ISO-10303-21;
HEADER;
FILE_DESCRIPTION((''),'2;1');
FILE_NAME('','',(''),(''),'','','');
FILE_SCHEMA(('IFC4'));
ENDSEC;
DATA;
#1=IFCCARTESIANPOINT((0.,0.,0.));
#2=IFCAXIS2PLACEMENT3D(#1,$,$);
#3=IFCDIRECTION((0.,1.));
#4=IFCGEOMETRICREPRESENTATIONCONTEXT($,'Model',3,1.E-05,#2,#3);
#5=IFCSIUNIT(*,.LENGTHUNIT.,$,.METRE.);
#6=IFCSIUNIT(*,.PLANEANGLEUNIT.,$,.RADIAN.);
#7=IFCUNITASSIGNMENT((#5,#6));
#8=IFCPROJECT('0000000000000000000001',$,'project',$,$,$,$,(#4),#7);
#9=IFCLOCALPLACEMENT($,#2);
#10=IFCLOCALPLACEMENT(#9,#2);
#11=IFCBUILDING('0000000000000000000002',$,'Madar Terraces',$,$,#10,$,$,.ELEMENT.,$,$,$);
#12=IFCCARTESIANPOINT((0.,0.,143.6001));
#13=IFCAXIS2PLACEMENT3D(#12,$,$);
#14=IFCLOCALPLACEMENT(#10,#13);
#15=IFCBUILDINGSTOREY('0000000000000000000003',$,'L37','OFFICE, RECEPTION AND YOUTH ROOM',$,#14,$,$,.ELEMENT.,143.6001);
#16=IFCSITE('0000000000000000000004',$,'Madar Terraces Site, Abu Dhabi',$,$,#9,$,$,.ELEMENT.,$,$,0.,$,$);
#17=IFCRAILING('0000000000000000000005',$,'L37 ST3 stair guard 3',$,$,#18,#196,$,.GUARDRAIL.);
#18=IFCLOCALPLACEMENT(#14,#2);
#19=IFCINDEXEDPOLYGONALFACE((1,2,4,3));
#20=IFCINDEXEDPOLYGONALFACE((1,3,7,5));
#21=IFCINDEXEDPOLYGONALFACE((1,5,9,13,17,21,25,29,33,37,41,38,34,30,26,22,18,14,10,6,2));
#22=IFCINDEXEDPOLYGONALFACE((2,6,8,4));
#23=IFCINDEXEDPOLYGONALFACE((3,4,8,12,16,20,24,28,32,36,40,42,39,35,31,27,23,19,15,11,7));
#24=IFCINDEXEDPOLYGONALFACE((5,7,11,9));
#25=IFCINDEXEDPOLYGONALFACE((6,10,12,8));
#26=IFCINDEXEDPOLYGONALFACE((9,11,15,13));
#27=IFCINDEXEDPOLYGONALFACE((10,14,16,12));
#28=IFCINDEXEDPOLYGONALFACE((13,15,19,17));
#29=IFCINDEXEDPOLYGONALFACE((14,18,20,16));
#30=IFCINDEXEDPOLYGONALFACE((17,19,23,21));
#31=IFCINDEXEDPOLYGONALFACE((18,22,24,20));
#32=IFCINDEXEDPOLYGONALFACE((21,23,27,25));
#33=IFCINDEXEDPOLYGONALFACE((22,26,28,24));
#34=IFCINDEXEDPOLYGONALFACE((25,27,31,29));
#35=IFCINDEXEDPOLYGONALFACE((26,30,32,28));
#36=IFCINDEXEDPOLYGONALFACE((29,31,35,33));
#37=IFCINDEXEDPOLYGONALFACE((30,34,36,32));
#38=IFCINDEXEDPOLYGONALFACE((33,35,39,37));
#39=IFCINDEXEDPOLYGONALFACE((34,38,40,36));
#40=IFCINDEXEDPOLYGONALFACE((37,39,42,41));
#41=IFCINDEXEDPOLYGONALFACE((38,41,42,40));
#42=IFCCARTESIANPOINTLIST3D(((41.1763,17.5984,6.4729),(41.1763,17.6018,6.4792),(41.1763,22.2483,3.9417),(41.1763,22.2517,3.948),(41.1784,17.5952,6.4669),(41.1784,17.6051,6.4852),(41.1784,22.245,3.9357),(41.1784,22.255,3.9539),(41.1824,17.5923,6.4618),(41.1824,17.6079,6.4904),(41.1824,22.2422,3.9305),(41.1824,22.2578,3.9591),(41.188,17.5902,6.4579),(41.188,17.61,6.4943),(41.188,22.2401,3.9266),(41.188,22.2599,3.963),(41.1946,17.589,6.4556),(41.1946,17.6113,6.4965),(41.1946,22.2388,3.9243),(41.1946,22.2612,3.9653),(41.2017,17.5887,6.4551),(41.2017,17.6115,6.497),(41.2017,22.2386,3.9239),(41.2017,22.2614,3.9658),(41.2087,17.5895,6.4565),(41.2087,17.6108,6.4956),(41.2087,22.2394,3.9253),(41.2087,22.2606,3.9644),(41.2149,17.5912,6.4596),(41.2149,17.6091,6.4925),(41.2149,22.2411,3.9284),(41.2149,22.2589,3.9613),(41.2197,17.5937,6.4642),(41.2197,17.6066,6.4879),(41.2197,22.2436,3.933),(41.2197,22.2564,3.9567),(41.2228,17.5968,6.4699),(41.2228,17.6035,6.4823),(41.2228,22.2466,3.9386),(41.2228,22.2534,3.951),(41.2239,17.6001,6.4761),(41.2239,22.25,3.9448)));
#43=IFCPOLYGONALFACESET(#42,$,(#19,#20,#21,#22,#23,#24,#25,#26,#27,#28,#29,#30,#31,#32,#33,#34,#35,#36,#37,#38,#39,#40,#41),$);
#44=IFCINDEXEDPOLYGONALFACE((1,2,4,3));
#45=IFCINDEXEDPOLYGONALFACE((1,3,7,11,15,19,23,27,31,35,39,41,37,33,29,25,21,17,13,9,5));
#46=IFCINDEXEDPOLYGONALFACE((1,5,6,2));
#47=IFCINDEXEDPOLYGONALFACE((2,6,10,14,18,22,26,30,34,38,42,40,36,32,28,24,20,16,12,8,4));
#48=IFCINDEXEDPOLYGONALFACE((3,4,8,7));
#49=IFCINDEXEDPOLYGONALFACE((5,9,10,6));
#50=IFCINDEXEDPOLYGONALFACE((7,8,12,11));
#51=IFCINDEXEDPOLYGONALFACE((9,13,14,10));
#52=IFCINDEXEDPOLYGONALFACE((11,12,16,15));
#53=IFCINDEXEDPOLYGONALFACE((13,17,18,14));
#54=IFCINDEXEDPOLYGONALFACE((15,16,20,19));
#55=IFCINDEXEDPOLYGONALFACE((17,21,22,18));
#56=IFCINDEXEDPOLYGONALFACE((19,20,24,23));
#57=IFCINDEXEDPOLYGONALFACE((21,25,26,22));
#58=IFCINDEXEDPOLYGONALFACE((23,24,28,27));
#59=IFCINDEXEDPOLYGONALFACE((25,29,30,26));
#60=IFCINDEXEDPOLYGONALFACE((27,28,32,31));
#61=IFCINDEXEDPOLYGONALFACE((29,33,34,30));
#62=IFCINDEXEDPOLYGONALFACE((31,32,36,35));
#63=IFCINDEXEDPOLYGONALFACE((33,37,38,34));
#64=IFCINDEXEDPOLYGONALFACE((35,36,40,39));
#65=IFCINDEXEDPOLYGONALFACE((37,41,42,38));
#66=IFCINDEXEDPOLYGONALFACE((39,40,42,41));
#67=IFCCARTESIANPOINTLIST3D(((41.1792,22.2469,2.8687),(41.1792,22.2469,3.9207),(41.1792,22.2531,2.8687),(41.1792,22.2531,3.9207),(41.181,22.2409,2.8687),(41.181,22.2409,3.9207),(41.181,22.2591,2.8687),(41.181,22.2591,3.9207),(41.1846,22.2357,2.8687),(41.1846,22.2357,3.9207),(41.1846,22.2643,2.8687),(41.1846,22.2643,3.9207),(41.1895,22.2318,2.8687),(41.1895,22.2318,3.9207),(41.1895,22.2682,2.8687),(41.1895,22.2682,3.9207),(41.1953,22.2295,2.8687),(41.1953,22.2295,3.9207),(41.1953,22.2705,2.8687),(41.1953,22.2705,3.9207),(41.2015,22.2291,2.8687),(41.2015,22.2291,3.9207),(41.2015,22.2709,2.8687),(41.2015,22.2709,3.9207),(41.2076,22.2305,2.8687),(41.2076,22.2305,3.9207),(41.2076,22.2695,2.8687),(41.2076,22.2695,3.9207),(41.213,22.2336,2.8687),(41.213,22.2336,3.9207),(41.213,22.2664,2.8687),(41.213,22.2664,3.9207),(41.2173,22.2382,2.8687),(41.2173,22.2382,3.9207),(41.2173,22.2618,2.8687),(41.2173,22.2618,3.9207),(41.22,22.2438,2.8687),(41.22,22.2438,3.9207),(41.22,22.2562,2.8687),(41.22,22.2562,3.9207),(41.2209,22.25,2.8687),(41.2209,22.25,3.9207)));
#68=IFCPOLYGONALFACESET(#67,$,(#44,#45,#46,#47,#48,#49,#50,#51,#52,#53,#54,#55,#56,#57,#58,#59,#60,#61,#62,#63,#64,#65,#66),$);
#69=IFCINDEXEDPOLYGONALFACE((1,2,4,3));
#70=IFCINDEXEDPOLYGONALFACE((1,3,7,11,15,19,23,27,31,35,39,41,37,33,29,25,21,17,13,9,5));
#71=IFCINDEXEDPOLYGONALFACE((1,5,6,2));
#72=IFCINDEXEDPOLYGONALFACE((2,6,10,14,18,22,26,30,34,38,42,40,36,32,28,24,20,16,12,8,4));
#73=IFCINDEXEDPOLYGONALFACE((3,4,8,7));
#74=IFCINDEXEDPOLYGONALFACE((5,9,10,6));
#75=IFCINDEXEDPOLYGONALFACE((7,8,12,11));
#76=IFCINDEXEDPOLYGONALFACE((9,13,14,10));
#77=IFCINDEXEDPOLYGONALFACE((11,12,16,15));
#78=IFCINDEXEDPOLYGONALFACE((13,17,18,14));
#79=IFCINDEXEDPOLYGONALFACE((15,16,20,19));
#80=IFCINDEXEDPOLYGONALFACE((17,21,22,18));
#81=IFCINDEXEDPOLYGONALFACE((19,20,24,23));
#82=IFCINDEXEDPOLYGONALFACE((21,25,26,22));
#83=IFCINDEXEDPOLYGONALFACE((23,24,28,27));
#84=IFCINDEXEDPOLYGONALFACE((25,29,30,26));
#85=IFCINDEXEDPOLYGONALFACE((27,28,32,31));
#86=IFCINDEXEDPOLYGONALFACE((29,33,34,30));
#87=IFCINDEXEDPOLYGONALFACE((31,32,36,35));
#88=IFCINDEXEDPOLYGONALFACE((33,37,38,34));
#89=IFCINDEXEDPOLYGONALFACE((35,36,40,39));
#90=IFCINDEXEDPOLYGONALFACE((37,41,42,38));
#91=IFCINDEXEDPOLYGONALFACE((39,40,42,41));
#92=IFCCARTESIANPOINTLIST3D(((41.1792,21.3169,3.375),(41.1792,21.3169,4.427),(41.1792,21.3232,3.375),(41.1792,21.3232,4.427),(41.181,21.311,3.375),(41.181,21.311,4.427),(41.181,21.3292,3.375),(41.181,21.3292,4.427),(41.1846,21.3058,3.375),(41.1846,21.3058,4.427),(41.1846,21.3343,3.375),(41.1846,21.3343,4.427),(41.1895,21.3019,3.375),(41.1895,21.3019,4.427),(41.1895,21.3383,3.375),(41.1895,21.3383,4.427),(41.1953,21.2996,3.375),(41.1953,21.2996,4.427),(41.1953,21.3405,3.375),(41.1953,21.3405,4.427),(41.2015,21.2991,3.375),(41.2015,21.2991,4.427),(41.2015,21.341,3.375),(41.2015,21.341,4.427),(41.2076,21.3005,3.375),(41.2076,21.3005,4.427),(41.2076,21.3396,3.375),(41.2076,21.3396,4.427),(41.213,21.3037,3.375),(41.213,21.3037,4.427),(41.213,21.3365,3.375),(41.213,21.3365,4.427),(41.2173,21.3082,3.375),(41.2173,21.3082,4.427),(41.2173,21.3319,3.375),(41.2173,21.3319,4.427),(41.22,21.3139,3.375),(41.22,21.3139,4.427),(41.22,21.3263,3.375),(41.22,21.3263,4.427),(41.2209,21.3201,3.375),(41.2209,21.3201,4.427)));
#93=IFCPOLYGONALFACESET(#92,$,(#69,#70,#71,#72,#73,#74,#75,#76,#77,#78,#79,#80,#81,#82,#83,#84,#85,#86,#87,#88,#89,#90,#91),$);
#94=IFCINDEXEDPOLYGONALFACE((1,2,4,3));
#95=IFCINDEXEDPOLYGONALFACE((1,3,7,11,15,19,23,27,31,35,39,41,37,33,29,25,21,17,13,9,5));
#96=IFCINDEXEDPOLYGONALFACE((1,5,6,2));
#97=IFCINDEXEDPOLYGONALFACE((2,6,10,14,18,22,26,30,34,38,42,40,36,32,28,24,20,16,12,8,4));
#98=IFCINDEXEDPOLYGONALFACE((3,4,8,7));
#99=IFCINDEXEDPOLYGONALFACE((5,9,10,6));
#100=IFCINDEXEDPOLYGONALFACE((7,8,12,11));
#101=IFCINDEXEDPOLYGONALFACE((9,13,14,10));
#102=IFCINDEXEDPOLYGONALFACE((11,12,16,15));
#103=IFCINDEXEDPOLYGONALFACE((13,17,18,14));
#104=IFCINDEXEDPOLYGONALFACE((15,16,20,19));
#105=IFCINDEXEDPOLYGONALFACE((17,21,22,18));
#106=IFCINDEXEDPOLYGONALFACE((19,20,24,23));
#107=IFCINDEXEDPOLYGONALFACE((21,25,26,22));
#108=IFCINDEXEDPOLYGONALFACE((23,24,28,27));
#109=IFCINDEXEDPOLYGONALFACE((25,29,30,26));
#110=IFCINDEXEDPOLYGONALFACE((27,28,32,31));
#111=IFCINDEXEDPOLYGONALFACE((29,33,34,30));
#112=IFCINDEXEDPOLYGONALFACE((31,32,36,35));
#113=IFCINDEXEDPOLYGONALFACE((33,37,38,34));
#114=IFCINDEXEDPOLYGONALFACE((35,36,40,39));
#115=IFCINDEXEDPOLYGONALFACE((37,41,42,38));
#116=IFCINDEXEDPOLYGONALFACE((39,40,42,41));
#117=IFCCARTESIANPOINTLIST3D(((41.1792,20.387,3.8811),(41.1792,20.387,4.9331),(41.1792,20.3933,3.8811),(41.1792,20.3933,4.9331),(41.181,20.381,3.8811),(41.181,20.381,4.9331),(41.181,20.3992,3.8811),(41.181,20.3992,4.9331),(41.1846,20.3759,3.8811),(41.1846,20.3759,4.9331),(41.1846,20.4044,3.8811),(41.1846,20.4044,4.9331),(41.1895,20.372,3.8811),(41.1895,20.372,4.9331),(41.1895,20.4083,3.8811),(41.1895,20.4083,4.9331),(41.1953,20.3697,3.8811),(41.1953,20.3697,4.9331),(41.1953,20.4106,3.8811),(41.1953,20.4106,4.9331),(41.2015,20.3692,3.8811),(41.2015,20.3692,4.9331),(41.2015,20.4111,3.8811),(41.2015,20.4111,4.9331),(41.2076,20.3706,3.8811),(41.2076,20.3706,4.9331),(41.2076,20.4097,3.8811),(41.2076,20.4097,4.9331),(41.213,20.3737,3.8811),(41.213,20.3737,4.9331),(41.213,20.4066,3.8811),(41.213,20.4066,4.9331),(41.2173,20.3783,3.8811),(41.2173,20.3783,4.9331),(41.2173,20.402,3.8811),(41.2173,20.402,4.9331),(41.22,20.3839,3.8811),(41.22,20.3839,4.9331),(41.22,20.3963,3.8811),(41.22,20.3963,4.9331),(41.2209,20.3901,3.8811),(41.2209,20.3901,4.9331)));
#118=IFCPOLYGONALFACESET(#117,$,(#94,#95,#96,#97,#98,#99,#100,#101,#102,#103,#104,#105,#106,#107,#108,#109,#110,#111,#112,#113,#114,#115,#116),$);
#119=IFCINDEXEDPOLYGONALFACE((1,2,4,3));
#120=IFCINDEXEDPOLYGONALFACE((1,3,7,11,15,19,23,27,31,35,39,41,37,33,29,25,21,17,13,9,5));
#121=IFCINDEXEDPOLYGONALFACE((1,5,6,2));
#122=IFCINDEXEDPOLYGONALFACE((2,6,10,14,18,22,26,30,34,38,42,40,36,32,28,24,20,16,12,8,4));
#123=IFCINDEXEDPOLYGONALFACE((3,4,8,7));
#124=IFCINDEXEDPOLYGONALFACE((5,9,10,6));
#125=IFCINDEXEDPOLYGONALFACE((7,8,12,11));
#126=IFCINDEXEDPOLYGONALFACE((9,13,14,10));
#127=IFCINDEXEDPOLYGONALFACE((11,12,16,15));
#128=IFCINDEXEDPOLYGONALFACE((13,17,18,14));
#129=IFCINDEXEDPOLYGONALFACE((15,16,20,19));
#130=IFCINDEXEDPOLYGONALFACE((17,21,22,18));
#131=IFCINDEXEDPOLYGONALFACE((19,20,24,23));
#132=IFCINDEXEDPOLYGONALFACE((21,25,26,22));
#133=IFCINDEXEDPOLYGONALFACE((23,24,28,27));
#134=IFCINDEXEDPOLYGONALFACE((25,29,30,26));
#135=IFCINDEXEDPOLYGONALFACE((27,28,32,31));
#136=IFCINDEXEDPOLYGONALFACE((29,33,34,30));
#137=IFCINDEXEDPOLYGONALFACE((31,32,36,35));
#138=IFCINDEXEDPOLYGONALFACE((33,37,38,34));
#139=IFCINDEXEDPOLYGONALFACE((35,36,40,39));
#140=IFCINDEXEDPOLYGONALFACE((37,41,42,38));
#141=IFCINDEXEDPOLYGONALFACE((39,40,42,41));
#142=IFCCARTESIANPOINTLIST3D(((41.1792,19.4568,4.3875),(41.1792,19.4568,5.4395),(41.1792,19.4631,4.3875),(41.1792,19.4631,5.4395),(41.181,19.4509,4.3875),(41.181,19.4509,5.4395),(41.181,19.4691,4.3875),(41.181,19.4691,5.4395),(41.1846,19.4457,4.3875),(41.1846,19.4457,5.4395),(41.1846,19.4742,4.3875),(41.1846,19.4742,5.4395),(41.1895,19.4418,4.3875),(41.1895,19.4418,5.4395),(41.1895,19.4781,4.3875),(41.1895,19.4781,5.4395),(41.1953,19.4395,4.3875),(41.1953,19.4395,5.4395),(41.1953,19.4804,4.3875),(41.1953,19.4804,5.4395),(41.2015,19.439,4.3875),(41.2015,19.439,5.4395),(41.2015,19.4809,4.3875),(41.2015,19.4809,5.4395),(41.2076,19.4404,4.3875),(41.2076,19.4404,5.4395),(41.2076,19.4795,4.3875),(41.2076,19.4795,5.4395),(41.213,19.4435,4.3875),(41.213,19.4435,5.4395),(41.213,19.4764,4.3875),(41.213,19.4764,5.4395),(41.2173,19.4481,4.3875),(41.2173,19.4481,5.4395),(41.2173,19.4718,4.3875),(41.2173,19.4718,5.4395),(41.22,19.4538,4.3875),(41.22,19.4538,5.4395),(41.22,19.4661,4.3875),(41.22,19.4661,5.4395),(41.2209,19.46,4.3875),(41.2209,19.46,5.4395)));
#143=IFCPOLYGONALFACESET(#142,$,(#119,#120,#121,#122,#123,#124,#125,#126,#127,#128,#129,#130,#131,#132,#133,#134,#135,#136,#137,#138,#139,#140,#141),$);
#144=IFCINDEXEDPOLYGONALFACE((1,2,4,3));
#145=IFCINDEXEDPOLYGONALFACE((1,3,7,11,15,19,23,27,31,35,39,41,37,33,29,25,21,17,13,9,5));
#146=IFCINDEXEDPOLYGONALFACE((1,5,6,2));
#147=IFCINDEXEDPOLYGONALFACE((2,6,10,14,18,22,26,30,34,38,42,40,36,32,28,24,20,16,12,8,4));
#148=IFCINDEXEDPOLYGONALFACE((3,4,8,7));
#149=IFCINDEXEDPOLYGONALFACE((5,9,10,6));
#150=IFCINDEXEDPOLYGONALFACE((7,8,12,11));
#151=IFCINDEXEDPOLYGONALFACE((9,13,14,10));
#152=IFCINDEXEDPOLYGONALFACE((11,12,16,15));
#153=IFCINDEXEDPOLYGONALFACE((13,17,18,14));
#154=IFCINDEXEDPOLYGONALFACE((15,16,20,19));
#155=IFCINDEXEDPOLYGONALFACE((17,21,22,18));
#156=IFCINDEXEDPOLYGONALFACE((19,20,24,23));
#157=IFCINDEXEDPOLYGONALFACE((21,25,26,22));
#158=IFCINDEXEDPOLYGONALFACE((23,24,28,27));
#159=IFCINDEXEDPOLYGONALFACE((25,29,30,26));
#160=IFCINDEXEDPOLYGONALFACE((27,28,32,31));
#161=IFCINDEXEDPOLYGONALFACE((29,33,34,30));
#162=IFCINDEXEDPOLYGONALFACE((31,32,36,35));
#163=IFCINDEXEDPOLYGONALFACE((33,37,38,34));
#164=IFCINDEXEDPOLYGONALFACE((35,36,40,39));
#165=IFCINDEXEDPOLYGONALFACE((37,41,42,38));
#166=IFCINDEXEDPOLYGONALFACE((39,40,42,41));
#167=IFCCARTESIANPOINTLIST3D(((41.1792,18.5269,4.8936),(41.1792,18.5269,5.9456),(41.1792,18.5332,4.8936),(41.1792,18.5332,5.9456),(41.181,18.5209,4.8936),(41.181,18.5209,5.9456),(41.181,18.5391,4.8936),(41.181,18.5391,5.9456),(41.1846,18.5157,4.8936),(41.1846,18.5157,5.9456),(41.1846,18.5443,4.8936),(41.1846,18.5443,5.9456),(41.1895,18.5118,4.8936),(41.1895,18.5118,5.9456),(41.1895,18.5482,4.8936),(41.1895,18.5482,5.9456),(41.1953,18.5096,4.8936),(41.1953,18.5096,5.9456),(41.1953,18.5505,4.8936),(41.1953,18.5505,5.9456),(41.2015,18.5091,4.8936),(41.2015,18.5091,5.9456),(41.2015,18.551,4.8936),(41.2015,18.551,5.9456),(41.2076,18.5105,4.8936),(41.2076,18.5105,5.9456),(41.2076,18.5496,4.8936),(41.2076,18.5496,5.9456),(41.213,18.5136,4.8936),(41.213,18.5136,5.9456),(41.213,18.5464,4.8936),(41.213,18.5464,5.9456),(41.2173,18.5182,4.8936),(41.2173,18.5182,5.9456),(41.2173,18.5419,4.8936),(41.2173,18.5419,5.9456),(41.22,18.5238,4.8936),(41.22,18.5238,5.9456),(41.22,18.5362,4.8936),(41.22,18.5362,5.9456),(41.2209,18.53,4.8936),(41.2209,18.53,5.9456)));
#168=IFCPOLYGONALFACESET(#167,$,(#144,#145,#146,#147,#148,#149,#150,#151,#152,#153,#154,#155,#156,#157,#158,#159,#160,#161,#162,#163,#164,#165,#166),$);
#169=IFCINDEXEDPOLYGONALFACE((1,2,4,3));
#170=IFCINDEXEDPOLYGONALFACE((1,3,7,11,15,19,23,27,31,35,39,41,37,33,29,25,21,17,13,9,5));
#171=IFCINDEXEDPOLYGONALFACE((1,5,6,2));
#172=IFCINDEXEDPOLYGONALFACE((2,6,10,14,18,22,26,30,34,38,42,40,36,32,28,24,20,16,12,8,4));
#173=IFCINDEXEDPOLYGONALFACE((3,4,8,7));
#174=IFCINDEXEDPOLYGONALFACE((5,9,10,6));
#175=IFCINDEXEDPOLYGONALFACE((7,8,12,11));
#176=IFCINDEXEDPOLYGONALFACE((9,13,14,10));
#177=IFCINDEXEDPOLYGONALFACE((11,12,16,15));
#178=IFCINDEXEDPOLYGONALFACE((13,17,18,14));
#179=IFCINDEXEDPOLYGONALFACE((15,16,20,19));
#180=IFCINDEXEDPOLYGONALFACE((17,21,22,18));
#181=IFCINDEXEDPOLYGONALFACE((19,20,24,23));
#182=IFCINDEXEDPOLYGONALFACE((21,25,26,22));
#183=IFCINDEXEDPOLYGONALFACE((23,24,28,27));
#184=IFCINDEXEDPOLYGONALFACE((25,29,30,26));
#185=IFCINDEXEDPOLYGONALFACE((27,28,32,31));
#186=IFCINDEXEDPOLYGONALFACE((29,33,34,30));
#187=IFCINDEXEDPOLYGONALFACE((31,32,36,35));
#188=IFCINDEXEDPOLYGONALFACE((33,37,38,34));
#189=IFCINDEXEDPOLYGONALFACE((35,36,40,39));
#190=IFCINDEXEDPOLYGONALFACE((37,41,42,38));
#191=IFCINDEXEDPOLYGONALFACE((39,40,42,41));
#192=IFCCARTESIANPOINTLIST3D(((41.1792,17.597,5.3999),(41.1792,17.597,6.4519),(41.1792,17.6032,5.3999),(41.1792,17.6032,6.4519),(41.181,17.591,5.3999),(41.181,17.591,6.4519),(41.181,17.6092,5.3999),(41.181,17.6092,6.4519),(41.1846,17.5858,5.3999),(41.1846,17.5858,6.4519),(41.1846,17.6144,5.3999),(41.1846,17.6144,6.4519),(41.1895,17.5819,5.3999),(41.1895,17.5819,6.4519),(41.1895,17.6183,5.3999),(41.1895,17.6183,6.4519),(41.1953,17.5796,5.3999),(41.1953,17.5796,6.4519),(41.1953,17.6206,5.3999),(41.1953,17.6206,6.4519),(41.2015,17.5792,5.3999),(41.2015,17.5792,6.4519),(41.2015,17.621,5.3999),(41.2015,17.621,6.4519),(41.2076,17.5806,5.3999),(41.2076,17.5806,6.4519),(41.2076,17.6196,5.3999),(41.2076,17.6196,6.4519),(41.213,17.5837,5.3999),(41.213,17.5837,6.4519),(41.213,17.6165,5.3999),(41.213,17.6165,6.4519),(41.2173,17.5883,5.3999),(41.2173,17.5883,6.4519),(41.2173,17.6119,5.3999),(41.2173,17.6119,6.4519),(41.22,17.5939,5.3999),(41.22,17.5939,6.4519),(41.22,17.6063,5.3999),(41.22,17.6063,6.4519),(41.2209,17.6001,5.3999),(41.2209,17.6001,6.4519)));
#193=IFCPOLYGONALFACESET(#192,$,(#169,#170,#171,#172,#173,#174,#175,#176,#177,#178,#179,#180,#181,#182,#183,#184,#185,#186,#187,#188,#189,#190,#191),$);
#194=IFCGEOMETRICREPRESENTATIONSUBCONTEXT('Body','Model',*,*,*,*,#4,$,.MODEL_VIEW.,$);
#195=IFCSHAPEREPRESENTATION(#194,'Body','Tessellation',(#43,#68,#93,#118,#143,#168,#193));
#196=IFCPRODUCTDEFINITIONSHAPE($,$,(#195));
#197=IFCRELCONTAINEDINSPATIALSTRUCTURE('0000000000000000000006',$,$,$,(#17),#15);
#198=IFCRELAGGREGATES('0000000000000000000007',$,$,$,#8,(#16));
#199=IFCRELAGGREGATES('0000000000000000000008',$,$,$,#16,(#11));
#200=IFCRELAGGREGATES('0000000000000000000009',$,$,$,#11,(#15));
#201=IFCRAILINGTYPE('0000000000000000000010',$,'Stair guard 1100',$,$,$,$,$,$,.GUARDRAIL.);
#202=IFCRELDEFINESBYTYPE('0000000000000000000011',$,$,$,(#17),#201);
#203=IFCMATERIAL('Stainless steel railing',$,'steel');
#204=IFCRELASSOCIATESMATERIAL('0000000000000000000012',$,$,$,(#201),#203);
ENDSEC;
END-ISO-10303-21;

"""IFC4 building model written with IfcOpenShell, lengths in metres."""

from ifc_helpers import new_model, si_unit, direction, frame, origin, origin_2d, place, context, subcontext, project, spatial, circle, extrude, material, type_object, element, save


model = new_model("IFC4")

# Units and contexts
model_context = context("Model", 3, precision=1e-05, world=origin(), true_north=direction((0.0, 1.0)))
body_context = subcontext(model_context, "Body", "Model", "MODEL_VIEW")
ifc_project = project(units=[si_unit("LENGTHUNIT", "METRE"), si_unit("PLANEANGLEUNIT", "RADIAN")], contexts=[model_context])

# Site, building, storey
site_placement = place(None, origin())
site = spatial("IfcSite", under=ifc_project, at=site_placement, Name="Madar Terraces Site, Abu Dhabi", CompositionType="ELEMENT", RefElevation=0.0)
building_placement = place(site_placement, origin())
building = spatial("IfcBuilding", under=site, at=building_placement, Name="Madar Terraces", CompositionType="ELEMENT")
storey_placement = place(building_placement, frame((0.0, 0.0, 143.6001)))
storey = spatial("IfcBuildingStorey", under=building, at=storey_placement, Name="L37", Description="OFFICE, RECEPTION AND YOUTH ROOM", CompositionType="ELEMENT", Elevation=143.6001)

# Railing
ifc_material_1 = material(Name="Stainless steel railing", Category="steel")
railing_type_1 = type_object("IfcRailingType", Name="Stair guard 1100", PredefinedType="GUARDRAIL", material=ifc_material_1)
railing_1_placement = place(storey_placement, frame((41.2, 22.25, 2.8687)))
element("IfcRailing", 1, at=railing_1_placement, inside=storey, type_object=railing_type_1, Name="L37 ST3 stair guard 3", PredefinedType="GUARDRAIL", context=body_context, shape_type="SweptSolid", body=[
    extrude(circle(Radius=0.0239, at=origin_2d()), frame((0.0, 0.0, 1.0762), z_axis=(0.0, -0.878297, 0.478115), x_axis=(1.0, 0.0, 0.0)), (0.0, 0.0, 1.0), 5.2942),
    extrude(circle(Radius=0.021, at=origin_2d()), origin(), (0.0, 0.0, 1.0), 1.052),
    extrude(circle(Radius=0.021, at=origin_2d()), frame((0.0, -0.9299, 0.5063)), (0.0, 0.0, 1.0), 1.052),
    extrude(circle(Radius=0.021, at=origin_2d()), frame((0.0, -1.8599, 1.0125)), (0.0, 0.0, 1.0), 1.052),
    extrude(circle(Radius=0.021, at=origin_2d()), frame((0.0, -2.79, 1.5188)), (0.0, 0.0, 1.0), 1.052),
    extrude(circle(Radius=0.021, at=origin_2d()), frame((0.0, -3.72, 2.0249)), (0.0, 0.0, 1.0), 1.052),
    extrude(circle(Radius=0.021, at=origin_2d()), frame((0.0, -4.6499, 2.5312)), (0.0, 0.0, 1.0), 1.052),
])

save(model, "model.ifc")
